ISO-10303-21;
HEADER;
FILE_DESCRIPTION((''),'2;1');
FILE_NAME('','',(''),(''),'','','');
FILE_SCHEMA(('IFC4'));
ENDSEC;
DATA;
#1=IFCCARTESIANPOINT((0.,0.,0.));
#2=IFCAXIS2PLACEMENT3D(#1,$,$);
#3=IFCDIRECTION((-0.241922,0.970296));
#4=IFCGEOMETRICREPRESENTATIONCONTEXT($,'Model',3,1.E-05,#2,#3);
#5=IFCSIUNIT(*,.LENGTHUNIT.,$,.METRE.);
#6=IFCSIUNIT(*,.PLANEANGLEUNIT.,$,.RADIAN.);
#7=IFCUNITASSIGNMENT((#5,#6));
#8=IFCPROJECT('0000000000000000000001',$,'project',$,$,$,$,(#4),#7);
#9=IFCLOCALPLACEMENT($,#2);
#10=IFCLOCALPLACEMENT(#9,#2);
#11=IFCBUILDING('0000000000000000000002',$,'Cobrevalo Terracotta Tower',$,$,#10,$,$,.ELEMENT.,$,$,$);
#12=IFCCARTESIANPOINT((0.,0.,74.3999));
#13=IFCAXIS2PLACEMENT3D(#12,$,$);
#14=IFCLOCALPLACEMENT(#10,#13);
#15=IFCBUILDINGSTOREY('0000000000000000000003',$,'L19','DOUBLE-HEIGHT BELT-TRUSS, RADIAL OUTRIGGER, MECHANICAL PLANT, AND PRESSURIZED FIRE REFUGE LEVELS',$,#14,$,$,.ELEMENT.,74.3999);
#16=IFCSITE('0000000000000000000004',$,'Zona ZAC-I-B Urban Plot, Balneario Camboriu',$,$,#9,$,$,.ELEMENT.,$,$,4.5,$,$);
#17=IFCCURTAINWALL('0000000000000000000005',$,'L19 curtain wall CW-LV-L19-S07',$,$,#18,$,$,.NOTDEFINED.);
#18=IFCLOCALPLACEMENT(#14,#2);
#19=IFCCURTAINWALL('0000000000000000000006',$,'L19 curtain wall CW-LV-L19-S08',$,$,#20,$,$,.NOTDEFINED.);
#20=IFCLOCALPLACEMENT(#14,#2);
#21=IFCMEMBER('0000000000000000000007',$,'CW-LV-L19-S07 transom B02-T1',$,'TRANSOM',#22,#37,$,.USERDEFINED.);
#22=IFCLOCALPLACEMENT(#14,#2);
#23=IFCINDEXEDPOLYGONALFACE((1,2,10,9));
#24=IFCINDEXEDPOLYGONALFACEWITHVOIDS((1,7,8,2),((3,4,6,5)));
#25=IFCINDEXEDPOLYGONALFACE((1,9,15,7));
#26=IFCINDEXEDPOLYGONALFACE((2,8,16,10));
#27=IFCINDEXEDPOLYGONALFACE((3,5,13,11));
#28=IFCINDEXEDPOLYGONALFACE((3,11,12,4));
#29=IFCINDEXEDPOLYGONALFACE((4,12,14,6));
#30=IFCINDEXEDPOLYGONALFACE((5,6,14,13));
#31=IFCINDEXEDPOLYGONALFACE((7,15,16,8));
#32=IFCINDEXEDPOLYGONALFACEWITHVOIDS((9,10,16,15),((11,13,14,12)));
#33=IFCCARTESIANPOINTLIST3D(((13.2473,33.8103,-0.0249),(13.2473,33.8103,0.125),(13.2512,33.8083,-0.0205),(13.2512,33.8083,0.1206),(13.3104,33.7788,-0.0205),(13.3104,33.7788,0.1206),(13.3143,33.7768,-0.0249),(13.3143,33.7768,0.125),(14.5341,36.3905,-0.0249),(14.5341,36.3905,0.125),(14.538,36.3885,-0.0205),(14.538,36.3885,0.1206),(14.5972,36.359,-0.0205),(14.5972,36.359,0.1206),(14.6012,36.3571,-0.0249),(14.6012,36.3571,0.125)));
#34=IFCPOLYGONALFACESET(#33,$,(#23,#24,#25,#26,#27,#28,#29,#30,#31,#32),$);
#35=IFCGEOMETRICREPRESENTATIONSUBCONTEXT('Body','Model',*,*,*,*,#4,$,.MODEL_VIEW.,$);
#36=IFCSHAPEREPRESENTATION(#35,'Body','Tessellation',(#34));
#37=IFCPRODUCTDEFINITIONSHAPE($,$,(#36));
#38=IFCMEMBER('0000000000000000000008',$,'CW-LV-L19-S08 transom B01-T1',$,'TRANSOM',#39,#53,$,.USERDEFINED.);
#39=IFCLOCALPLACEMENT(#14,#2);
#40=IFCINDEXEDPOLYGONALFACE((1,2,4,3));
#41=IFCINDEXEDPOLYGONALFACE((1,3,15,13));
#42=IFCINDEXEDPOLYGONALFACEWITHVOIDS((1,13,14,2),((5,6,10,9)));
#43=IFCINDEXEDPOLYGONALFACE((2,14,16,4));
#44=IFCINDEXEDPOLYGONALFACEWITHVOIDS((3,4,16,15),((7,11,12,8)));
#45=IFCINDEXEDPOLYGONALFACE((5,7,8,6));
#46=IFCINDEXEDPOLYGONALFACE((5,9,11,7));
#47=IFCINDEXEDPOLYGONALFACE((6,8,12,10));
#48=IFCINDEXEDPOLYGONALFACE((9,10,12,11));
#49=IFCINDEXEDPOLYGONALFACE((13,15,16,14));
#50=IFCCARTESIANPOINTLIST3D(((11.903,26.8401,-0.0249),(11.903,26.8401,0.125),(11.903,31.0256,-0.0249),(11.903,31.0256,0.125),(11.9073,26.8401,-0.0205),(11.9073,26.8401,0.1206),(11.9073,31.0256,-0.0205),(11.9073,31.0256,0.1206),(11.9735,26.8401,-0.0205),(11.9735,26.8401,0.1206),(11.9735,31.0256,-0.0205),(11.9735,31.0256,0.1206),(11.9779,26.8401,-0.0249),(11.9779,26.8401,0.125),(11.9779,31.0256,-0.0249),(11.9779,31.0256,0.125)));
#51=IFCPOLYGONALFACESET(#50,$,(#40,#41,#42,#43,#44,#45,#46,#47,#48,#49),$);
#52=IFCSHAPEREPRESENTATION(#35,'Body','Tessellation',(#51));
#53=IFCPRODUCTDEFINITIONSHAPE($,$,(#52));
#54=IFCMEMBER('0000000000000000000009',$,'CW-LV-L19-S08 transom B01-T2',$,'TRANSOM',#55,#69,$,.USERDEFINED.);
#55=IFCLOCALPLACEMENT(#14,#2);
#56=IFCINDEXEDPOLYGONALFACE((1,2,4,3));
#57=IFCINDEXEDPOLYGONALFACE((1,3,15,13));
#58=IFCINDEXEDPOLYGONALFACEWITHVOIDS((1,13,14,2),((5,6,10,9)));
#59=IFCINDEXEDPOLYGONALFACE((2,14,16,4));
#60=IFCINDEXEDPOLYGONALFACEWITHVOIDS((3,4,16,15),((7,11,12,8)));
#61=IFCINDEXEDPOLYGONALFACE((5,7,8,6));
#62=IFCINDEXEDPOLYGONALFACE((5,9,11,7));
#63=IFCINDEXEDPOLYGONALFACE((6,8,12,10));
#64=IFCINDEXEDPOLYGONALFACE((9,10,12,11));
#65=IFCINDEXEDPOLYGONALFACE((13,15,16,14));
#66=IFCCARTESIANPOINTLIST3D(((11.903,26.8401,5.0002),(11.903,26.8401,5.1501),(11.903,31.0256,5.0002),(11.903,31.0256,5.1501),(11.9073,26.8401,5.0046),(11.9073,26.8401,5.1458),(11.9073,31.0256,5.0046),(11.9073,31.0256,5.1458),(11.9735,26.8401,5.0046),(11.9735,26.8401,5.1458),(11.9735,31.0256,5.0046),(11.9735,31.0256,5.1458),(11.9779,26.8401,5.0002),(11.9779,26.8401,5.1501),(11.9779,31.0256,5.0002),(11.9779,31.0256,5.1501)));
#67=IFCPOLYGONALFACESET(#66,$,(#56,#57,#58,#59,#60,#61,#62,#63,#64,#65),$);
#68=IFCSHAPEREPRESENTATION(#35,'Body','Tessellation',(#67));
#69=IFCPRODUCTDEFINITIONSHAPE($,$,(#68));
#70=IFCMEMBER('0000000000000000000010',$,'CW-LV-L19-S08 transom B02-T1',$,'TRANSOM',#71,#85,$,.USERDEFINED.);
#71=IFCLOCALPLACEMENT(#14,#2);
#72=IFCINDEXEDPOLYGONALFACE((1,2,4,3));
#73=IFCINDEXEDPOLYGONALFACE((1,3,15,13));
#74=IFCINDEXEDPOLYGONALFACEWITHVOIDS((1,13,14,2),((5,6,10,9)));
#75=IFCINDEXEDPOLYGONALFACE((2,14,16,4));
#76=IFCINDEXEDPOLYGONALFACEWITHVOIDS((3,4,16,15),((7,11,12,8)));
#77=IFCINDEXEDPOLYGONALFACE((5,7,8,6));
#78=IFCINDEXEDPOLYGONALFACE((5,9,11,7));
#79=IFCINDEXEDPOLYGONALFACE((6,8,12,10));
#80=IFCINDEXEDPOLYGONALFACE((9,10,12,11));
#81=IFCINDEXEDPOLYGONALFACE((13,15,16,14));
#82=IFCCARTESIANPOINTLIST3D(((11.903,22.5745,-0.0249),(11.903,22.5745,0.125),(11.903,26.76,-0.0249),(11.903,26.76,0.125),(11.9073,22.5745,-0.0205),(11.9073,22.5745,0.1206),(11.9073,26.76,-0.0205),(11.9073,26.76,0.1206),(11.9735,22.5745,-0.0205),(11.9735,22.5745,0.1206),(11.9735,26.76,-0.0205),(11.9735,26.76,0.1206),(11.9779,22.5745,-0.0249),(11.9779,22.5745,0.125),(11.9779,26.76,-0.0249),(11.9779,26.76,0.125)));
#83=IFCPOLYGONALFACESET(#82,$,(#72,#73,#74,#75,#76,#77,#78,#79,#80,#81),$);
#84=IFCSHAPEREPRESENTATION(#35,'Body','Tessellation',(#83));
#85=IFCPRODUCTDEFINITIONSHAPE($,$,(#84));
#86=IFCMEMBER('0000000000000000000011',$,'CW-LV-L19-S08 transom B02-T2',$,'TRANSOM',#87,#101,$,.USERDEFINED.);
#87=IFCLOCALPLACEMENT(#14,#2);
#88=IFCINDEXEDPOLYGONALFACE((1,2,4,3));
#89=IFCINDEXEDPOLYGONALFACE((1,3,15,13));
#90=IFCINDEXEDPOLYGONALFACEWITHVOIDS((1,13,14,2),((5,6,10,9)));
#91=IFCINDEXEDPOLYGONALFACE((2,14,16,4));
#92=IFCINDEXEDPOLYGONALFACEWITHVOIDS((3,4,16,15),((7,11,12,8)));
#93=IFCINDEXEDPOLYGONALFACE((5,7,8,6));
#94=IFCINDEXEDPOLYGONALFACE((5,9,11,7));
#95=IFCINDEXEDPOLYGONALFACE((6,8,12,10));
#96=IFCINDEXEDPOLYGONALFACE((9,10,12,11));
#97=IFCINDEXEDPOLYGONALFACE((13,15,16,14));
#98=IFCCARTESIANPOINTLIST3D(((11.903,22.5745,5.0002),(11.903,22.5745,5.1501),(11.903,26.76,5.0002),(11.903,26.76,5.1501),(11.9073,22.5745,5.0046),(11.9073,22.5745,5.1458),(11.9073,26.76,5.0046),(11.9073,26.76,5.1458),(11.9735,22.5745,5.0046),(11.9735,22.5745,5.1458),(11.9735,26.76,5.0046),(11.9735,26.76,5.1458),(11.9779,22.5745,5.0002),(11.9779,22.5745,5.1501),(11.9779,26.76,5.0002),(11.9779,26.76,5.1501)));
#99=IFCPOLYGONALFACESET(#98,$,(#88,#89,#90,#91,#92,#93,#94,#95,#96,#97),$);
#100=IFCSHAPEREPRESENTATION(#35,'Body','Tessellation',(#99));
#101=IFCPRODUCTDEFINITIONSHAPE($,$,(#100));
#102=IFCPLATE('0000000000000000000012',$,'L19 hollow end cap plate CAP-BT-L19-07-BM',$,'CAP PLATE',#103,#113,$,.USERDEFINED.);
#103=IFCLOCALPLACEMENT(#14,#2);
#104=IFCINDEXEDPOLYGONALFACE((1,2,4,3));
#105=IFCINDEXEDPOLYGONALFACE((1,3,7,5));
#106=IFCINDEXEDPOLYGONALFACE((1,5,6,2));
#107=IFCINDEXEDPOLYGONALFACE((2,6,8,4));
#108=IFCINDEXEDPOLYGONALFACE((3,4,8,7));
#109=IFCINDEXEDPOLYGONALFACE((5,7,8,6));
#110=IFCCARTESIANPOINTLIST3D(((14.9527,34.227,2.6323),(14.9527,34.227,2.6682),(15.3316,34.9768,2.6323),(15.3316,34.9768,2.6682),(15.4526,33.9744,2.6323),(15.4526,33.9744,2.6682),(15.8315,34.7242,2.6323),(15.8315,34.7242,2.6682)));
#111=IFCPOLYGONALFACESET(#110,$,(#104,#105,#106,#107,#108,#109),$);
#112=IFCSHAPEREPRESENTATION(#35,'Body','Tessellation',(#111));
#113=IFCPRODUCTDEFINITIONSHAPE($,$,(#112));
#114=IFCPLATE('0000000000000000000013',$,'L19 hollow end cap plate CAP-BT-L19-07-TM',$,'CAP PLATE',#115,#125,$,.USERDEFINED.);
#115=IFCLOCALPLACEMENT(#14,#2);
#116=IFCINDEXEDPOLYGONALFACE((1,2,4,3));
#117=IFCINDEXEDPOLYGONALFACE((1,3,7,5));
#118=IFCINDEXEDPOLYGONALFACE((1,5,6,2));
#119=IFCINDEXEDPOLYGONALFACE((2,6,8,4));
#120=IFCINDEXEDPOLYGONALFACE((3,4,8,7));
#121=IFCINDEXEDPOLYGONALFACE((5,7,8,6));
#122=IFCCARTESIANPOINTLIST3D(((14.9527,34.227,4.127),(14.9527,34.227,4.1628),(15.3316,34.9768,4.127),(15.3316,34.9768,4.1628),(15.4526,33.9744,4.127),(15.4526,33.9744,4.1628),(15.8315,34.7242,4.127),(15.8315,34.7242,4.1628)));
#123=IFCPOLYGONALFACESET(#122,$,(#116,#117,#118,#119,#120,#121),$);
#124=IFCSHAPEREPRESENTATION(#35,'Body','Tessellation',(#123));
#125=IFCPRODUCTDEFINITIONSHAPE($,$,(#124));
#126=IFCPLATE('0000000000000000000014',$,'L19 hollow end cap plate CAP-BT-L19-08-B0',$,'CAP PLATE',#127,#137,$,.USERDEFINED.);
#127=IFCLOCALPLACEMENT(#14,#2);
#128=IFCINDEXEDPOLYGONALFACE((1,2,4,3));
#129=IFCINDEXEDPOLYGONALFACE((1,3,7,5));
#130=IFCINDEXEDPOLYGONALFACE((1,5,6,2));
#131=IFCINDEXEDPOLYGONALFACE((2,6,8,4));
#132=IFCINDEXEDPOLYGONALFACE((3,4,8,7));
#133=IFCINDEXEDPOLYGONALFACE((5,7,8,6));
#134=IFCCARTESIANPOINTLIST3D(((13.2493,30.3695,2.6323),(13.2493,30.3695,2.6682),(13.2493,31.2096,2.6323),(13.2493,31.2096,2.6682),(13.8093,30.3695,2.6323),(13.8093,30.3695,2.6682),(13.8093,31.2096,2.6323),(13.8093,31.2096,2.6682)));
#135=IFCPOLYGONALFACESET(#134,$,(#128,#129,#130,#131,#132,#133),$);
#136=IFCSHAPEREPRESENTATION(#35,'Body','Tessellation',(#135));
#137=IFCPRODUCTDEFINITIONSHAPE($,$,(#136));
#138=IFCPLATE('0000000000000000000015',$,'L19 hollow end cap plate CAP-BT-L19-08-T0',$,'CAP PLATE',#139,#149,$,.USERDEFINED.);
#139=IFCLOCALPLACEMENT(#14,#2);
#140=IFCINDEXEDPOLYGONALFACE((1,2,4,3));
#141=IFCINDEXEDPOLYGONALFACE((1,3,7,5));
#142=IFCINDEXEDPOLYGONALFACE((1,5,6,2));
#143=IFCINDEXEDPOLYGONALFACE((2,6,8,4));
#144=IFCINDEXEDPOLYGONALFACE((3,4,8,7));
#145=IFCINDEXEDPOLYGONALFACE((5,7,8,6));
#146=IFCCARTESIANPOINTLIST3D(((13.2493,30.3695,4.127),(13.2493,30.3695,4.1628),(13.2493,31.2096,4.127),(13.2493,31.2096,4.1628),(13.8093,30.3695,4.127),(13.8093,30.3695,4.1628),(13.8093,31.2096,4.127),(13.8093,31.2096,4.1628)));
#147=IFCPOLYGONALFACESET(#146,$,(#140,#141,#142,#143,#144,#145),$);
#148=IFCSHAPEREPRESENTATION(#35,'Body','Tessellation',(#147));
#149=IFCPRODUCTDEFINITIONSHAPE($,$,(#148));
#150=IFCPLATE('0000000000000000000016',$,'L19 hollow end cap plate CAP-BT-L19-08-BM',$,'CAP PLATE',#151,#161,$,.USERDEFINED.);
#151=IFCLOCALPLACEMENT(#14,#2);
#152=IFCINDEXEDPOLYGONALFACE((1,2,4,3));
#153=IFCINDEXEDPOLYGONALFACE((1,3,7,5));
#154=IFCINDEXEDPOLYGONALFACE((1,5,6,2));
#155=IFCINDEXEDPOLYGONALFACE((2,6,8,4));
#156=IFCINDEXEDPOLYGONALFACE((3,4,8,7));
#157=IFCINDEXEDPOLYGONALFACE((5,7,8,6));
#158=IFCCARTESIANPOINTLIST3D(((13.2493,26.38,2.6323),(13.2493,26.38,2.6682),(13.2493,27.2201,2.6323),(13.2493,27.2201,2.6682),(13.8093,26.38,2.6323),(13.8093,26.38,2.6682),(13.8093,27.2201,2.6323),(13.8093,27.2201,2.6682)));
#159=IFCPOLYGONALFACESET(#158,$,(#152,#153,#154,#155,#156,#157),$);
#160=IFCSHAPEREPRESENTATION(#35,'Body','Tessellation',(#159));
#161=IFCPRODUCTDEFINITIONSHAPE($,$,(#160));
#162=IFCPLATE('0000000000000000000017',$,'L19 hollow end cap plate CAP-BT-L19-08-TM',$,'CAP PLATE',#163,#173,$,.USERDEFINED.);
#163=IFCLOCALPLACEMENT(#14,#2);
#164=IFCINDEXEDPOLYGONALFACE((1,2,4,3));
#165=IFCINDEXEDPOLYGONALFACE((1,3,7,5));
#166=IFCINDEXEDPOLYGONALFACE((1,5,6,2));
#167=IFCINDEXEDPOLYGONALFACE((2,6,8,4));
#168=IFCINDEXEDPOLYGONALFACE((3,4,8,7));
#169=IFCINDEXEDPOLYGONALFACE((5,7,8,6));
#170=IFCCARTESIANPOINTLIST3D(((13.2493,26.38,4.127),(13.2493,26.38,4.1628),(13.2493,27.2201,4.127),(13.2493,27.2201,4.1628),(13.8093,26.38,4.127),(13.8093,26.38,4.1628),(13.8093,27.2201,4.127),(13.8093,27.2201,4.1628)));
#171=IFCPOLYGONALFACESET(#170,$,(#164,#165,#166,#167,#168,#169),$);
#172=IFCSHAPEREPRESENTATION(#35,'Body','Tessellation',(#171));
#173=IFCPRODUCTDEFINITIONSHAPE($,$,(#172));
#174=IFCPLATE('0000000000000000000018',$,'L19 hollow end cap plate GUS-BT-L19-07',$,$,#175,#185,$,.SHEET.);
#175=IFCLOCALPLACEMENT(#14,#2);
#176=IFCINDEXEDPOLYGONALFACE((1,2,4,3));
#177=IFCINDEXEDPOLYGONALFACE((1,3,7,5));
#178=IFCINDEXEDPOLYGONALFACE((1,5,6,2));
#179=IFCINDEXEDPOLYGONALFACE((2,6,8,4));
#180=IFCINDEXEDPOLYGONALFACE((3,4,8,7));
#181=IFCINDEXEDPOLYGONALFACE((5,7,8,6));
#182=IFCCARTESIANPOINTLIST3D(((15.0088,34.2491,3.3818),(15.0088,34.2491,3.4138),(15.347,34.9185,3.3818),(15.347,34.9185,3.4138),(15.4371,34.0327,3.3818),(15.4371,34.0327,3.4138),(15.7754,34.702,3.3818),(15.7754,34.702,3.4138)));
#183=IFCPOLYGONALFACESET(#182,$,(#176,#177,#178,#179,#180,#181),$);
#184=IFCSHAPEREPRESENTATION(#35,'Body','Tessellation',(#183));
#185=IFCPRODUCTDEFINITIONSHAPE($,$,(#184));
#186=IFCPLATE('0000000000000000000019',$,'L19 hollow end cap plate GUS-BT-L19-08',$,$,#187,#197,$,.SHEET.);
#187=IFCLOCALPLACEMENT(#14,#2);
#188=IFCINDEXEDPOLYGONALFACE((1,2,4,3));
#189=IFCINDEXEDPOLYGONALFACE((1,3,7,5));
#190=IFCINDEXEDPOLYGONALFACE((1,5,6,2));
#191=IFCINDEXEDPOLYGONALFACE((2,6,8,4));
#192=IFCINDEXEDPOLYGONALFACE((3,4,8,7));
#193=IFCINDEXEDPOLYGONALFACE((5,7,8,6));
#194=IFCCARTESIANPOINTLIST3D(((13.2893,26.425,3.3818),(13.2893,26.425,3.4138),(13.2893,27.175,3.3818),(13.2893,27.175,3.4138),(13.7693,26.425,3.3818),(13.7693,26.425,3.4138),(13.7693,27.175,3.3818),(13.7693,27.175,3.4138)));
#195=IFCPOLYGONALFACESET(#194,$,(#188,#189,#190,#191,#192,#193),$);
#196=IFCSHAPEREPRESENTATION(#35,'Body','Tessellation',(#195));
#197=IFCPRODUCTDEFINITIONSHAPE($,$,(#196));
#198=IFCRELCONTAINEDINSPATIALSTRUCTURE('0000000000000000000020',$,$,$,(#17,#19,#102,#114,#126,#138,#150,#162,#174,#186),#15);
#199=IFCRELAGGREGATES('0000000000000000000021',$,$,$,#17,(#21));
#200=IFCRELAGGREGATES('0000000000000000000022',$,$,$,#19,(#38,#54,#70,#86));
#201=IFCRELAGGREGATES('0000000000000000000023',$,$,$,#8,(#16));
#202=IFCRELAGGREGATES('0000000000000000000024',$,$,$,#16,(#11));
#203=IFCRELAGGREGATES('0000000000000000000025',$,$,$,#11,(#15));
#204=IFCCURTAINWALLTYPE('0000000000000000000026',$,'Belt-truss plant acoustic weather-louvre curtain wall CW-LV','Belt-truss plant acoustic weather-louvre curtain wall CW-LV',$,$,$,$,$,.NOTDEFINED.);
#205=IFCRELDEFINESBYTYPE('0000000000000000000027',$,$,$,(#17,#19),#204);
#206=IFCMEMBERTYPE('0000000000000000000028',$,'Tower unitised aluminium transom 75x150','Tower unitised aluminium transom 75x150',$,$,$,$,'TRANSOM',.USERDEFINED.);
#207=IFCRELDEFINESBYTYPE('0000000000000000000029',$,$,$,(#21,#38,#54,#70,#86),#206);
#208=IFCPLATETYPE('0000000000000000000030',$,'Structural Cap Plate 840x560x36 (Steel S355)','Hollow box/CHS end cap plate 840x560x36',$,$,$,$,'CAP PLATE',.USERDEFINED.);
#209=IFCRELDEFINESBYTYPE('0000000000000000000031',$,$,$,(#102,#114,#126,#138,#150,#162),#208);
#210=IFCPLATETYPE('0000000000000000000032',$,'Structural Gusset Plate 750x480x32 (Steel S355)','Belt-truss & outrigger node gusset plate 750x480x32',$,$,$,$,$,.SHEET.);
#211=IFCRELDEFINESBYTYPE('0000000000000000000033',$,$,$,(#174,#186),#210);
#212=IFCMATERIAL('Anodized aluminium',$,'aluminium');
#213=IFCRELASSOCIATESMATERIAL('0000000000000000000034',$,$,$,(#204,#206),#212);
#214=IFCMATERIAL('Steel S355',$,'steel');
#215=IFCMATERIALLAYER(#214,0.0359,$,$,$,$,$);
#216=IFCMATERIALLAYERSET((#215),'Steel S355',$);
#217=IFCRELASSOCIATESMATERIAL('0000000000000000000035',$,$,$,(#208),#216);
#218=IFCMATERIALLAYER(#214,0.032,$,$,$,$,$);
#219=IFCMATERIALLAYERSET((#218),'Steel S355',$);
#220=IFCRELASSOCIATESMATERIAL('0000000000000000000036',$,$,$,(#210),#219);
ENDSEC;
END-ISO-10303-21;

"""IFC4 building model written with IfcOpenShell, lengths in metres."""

from ifc_helpers import new_model, si_unit, direction, frame, origin, origin_2d, place, context, subcontext, project, spatial, rectangle, hollow_rectangle, extrude, source, transform, mapped, material, layer, layer_set, material_profile, profile_set, type_object, element, aggregate, save


model = new_model("IFC4")

# Units and contexts
model_context = context("Model", 3, precision=1e-05, world=origin(), true_north=direction((-0.241922, 0.970296)))
body_context = subcontext(model_context, "Body", "Model", "MODEL_VIEW")
ifc_project = project(units=[si_unit("LENGTHUNIT", "METRE"), si_unit("PLANEANGLEUNIT", "RADIAN")], contexts=[model_context])

# Site, building, storey
site_placement = place(None, origin())
site = spatial("IfcSite", under=ifc_project, at=site_placement, Name="Zona ZAC-I-B Urban Plot, Balneario Camboriu", CompositionType="ELEMENT", RefElevation=4.5)
building_placement = place(site_placement, origin())
building = spatial("IfcBuilding", under=site, at=building_placement, Name="Cobrevalo Terracotta Tower", CompositionType="ELEMENT")
storey_placement = place(building_placement, frame((0.0, 0.0, 74.3999)))
storey = spatial("IfcBuildingStorey", under=building, at=storey_placement, Name="L19", Description="DOUBLE-HEIGHT BELT-TRUSS, RADIAL OUTRIGGER, MECHANICAL PLANT, AND PRESSURIZED FIRE REFUGE LEVELS", CompositionType="ELEMENT", Elevation=74.3999)

# Shared definitions
ifc_material_1 = material(Name="Steel S355", Category="steel")

# Curtain walls
ifc_material_2 = material(Name="Anodized aluminium", Category="aluminium")
curtain_wall_type = type_object("IfcCurtainWallType", Name="Belt-truss plant acoustic weather-louvre curtain wall CW-LV", Description="Belt-truss plant acoustic weather-louvre curtain wall CW-LV", PredefinedType="NOTDEFINED", material=ifc_material_2)
curtain_wall_1_placement = place(storey_placement, origin())
curtain_wall_1 = element("IfcCurtainWall", 1, at=curtain_wall_1_placement, inside=storey, type_object=curtain_wall_type, Name="L19 curtain wall CW-LV-L19-S07", PredefinedType="NOTDEFINED")
curtain_wall_2_placement = place(storey_placement, origin())
curtain_wall_2 = element("IfcCurtainWall", 2, at=curtain_wall_2_placement, inside=storey, type_object=curtain_wall_type, Name="L19 curtain wall CW-LV-L19-S08", PredefinedType="NOTDEFINED")

# Members
ifc_material_profile_1 = material_profile(ifc_material_2, hollow_rectangle(XDim=0.075, YDim=0.1499, WallThickness=0.0044, at=origin_2d()), Name="CWT 75x150")
ifc_profile_set_1 = profile_set([ifc_material_profile_1], Name="Anodized aluminium")
member_type_1 = type_object("IfcMemberType", Name="Tower unitised aluminium transom 75x150", Description="Tower unitised aluminium transom 75x150", ElementType="TRANSOM", PredefinedType="USERDEFINED", material=ifc_profile_set_1)
shared_shape_1 = source(origin(), body_context, "Body", "SweptSolid", [
    extrude(hollow_rectangle(XDim=0.075, YDim=0.1499, WallThickness=0.0044, at=origin_2d()), origin(), (0.0, 0.0, 1.0), 2.8833),
])
member_1_placement = place(storey_placement, frame((14.5676, 36.3738, 0.05), z_axis=(-0.446299, -0.894884, 0.0), x_axis=(0.894884, -0.446299, 0.0)))
member_1 = element("IfcMember", 3, at=member_1_placement, type_object=member_type_1, Name="CW-LV-L19-S07 transom B02-T1", ObjectType="TRANSOM", PredefinedType="USERDEFINED", context=body_context, shape_type="MappedRepresentation", body=[
    mapped(shared_shape_1, transform((0.0, 0.0, 0.0), scale=1.0)),
])
shared_shape_2 = source(origin(), body_context, "Body", "SweptSolid", [
    extrude(hollow_rectangle(XDim=0.075, YDim=0.1499, WallThickness=0.0044, at=origin_2d()), origin(), (0.0, 0.0, 1.0), 4.1855),
])
member_2_placement = place(storey_placement, frame((11.9404, 31.0256, 0.05), z_axis=(0.0, -1.0, 0.0), x_axis=(1.0, 0.0, 0.0)))
member_2 = element("IfcMember", 4, at=member_2_placement, type_object=member_type_1, Name="CW-LV-L19-S08 transom B01-T1", ObjectType="TRANSOM", PredefinedType="USERDEFINED", context=body_context, shape_type="MappedRepresentation", body=[
    mapped(shared_shape_2, transform((0.0, 0.0, 0.0), scale=1.0)),
])
member_3_placement = place(storey_placement, frame((11.9404, 31.0256, 5.0752), z_axis=(0.0, -1.0, 0.0), x_axis=(1.0, 0.0, 0.0)))
member_3 = element("IfcMember", 5, at=member_3_placement, type_object=member_type_1, Name="CW-LV-L19-S08 transom B01-T2", ObjectType="TRANSOM", PredefinedType="USERDEFINED", context=body_context, shape_type="MappedRepresentation", body=[
    mapped(shared_shape_2, transform((0.0, 0.0, 0.0), scale=1.0)),
])
member_4_placement = place(storey_placement, frame((11.9404, 26.76, 0.05), z_axis=(0.0, -1.0, 0.0), x_axis=(1.0, 0.0, 0.0)))
member_4 = element("IfcMember", 6, at=member_4_placement, type_object=member_type_1, Name="CW-LV-L19-S08 transom B02-T1", ObjectType="TRANSOM", PredefinedType="USERDEFINED", context=body_context, shape_type="MappedRepresentation", body=[
    mapped(shared_shape_2, transform((0.0, 0.0, 0.0), scale=1.0)),
])
member_5_placement = place(storey_placement, frame((11.9404, 26.76, 5.0752), z_axis=(0.0, -1.0, 0.0), x_axis=(1.0, 0.0, 0.0)))
member_5 = element("IfcMember", 7, at=member_5_placement, type_object=member_type_1, Name="CW-LV-L19-S08 transom B02-T2", ObjectType="TRANSOM", PredefinedType="USERDEFINED", context=body_context, shape_type="MappedRepresentation", body=[
    mapped(shared_shape_2, transform((0.0, 0.0, 0.0), scale=1.0)),
])

# Plates
ifc_layer_1 = layer(ifc_material_1, 0.0359)
ifc_layer_set_1 = layer_set([ifc_layer_1], Name="Steel S355")
plate_type_1 = type_object("IfcPlateType", Name="Structural Cap Plate 840x560x36 (Steel S355)", Description="Hollow box/CHS end cap plate 840x560x36", ElementType="CAP PLATE", PredefinedType="USERDEFINED", material=ifc_layer_set_1)
shared_shape_3 = source(origin(), body_context, "Body", "SweptSolid", [
    extrude(rectangle(XDim=0.8401, YDim=0.5601, at=origin_2d()), origin(), (0.0, 0.0, 1.0), 0.0359),
])
for number, where, z_axis, x_axis, name in (
    (8, (15.3921, 34.4756, 2.6323), (0.0, 0.0, 1.0), (-0.451036, -0.892506, 0.0), "L19 hollow end cap plate CAP-BT-L19-07-BM"),
    (9, (15.3921, 34.4756, 4.127), (0.0, 0.0, 1.0), (-0.451036, -0.892506, 0.0), "L19 hollow end cap plate CAP-BT-L19-07-TM"),
    (10, (13.5293, 30.7896, 2.6323), (0.0, 0.0, 1.0), (0.0, -1.0, 0.0), "L19 hollow end cap plate CAP-BT-L19-08-B0"),
    (11, (13.5293, 30.7896, 4.127), (0.0, 0.0, 1.0), (0.0, -1.0, 0.0), "L19 hollow end cap plate CAP-BT-L19-08-T0"),
    (12, (13.5293, 26.8, 2.6323), (0.0, 0.0, 1.0), (0.0, -1.0, 0.0), "L19 hollow end cap plate CAP-BT-L19-08-BM"),
    (13, (13.5293, 26.8, 4.127), (0.0, 0.0, 1.0), (0.0, -1.0, 0.0), "L19 hollow end cap plate CAP-BT-L19-08-TM"),
):
    element("IfcPlate", number, at=place(storey_placement, frame(where, z_axis=z_axis, x_axis=x_axis)), inside=storey, type_object=plate_type_1, Name=name, ObjectType="CAP PLATE", PredefinedType="USERDEFINED", context=body_context, shape_type="MappedRepresentation", body=[
        mapped(shared_shape_3, transform((0.0, 0.0, 0.0), scale=1.0)),
    ])
ifc_layer_2 = layer(ifc_material_1, 0.032)
ifc_layer_set_2 = layer_set([ifc_layer_2], Name="Steel S355")
plate_type_2 = type_object("IfcPlateType", Name="Structural Gusset Plate 750x480x32 (Steel S355)", Description="Belt-truss & outrigger node gusset plate 750x480x32", PredefinedType="SHEET", material=ifc_layer_set_2)
shared_shape_4 = source(origin(), body_context, "Body", "SweptSolid", [
    extrude(rectangle(XDim=0.75, YDim=0.48, at=origin_2d()), origin(), (0.0, 0.0, 1.0), 0.032),
])
for number, where, z_axis, x_axis, name in (
    (14, (15.3921, 34.4756, 3.3818), (0.0, 0.0, 1.0), (-0.451036, -0.892506, 0.0), "L19 hollow end cap plate GUS-BT-L19-07"),
    (15, (13.5293, 26.8, 3.3818), (0.0, 0.0, 1.0), (0.0, -1.0, 0.0), "L19 hollow end cap plate GUS-BT-L19-08"),
):
    element("IfcPlate", number, at=place(storey_placement, frame(where, z_axis=z_axis, x_axis=x_axis)), inside=storey, type_object=plate_type_2, Name=name, PredefinedType="SHEET", context=body_context, shape_type="MappedRepresentation", body=[
        mapped(shared_shape_4, transform((0.0, 0.0, 0.0), scale=1.0)),
    ])

aggregate(curtain_wall_1, [member_1])
aggregate(curtain_wall_2, [member_2, member_3, member_4, member_5])

save(model, "model.ifc")
